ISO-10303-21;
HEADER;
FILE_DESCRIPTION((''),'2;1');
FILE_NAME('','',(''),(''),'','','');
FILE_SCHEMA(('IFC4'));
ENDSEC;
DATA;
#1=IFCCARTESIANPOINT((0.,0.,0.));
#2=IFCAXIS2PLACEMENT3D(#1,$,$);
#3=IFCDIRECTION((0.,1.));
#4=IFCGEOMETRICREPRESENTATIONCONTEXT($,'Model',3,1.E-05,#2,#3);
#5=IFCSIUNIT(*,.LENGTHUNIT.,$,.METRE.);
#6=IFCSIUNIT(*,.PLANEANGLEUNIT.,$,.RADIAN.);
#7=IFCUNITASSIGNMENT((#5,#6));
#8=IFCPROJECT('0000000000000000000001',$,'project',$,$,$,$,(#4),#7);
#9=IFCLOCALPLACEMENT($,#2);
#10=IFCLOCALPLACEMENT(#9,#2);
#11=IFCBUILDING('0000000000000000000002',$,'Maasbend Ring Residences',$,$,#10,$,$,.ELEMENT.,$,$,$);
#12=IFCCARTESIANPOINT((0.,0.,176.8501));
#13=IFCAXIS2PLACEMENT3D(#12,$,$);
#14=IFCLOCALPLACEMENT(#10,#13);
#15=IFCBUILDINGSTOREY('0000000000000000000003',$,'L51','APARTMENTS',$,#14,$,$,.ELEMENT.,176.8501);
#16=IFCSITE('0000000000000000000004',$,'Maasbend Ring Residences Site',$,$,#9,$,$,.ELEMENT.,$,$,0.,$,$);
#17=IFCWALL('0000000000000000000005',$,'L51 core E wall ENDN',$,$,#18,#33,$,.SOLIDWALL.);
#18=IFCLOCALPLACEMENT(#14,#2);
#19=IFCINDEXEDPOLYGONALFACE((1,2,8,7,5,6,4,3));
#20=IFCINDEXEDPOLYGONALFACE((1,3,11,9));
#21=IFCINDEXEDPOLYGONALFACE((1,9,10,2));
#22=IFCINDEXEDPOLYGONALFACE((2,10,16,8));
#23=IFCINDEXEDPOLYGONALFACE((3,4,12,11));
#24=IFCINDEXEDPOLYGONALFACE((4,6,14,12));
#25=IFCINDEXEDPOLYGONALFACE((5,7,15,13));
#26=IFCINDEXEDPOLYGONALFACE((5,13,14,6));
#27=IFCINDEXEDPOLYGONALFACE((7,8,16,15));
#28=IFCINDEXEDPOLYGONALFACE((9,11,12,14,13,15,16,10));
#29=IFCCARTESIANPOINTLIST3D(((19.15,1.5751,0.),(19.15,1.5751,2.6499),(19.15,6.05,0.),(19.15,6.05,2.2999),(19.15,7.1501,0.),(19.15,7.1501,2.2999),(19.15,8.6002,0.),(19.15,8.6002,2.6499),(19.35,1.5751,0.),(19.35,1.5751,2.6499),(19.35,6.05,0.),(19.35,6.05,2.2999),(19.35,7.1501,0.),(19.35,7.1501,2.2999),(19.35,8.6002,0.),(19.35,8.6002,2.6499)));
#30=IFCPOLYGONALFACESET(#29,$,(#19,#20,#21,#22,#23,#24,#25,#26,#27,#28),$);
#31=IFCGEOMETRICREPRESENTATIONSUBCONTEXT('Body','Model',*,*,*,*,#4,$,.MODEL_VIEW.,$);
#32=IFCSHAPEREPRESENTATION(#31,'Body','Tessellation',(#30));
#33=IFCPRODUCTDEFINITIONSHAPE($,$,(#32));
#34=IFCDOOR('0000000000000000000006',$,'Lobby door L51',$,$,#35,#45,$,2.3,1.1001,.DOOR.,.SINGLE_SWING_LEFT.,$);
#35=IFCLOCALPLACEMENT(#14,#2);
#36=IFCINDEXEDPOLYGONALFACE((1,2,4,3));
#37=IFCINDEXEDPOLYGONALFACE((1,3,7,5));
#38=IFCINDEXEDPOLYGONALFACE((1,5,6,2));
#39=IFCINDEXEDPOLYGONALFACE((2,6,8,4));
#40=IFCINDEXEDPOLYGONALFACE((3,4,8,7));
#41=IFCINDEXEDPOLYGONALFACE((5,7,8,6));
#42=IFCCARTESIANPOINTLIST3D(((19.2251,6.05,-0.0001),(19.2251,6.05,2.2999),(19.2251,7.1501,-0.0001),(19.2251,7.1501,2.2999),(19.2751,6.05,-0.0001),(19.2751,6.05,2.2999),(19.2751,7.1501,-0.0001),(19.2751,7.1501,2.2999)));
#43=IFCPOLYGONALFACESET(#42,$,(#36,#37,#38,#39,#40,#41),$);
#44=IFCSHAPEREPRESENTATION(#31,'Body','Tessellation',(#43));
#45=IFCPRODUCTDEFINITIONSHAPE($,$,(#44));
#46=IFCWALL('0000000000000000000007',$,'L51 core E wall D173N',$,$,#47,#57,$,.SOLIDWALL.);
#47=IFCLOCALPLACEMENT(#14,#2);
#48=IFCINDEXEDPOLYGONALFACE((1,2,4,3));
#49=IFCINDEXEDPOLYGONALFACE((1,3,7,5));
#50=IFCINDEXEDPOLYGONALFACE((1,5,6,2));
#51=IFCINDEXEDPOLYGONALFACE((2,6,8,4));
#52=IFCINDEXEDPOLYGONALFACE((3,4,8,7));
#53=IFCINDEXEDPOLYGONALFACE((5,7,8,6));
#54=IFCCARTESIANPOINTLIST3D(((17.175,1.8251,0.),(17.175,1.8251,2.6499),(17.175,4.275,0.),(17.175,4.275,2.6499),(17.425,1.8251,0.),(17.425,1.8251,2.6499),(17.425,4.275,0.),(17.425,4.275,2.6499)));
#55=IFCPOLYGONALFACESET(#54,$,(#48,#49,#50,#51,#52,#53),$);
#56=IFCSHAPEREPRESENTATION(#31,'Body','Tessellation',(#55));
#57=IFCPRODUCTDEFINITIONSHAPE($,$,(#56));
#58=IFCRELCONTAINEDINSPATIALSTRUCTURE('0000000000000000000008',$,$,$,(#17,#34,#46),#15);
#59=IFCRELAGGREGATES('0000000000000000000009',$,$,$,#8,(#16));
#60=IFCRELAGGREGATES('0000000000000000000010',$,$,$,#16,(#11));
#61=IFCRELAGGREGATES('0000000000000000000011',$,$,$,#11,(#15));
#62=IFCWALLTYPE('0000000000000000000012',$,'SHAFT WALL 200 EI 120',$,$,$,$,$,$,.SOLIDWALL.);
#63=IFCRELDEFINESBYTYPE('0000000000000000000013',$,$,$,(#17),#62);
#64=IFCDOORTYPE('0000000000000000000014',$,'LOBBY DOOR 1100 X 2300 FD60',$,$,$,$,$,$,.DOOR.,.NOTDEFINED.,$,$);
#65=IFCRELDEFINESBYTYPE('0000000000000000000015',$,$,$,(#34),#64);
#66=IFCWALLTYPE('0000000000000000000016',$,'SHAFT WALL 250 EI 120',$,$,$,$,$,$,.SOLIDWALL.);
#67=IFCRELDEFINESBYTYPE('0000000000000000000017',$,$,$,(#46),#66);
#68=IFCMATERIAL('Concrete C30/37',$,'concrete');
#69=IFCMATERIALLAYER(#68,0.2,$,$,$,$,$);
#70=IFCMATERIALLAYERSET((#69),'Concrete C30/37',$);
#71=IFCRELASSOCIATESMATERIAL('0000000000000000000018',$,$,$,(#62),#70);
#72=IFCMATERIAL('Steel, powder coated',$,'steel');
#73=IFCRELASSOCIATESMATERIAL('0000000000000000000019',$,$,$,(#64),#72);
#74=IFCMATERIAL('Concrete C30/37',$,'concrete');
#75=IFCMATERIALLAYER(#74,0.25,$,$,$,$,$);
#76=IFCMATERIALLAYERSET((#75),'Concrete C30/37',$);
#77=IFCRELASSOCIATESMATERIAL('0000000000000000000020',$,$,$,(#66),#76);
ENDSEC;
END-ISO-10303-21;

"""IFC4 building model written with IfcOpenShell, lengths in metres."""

from ifc_helpers import new_model, si_unit, direction, frame, frame_2d, origin, place, context, subcontext, project, spatial, rectangle, extrude, material, layer, layer_set, type_object, element, fill, save


model = new_model("IFC4")

# Units and contexts
model_context = context("Model", 3, precision=1e-05, world=origin(), true_north=direction((0.0, 1.0)))
body_context = subcontext(model_context, "Body", "Model", "MODEL_VIEW")
ifc_project = project(units=[si_unit("LENGTHUNIT", "METRE"), si_unit("PLANEANGLEUNIT", "RADIAN")], contexts=[model_context])

# Site, building, storey
site_placement = place(None, origin())
site = spatial("IfcSite", under=ifc_project, at=site_placement, Name="Maasbend Ring Residences Site", CompositionType="ELEMENT", RefElevation=0.0)
building_placement = place(site_placement, origin())
building = spatial("IfcBuilding", under=site, at=building_placement, Name="Maasbend Ring Residences", CompositionType="ELEMENT")
storey_placement = place(building_placement, frame((0.0, 0.0, 176.8501)))
storey = spatial("IfcBuildingStorey", under=building, at=storey_placement, Name="L51", Description="APARTMENTS", CompositionType="ELEMENT", Elevation=176.8501)

# Wall, opening, door
ifc_material_1 = material(Name="Concrete C30/37", Category="concrete")
ifc_layer_1 = layer(ifc_material_1, 0.2)
ifc_layer_set_1 = layer_set([ifc_layer_1], Name="Concrete C30/37")
wall_type_1 = type_object("IfcWallType", Name="SHAFT WALL 200 EI 120", PredefinedType="SOLIDWALL", material=ifc_layer_set_1)
wall_1_placement = place(storey_placement, frame((19.25, 1.575, 0.0), z_axis=(0.0, 0.0, 1.0), x_axis=(0.0, 1.0, 0.0)))
wall_1 = element("IfcWall", 1, at=wall_1_placement, inside=storey, type_object=wall_type_1, Name="L51 core E wall ENDN", PredefinedType="SOLIDWALL", context=body_context, shape_type="SweptSolid", body=[
    extrude(rectangle(XDim=7.0251, YDim=0.2, at=frame_2d((3.5127, 0.0))), origin(), (0.0, 0.0, 1.0), 2.6499),
])
opening_1_placement = place(wall_1_placement, frame((4.4751, 0.0, 0.0)))
opening_1 = element("IfcOpeningElement", 2, at=opening_1_placement, cuts=wall_1, PredefinedType="OPENING", context=body_context, shape_type="SweptSolid", body=[
    extrude(rectangle(XDim=1.1001, YDim=2.3, at=frame_2d((0.55, 1.1499))), frame((0.0, 0.1099, 0.0), z_axis=(0.0, -1.0, 0.0), x_axis=(1.0, 0.0, 0.0)), (0.0, 0.0, 1.0), 0.22),
])
ifc_material_2 = material(Name="Steel, powder coated", Category="steel")
door_type_1 = type_object("IfcDoorType", Name="LOBBY DOOR 1100 X 2300 FD60", OperationType="NOTDEFINED", PredefinedType="DOOR", material=ifc_material_2)
door_1_placement = place(opening_1_placement, origin())
door_1 = element("IfcDoor", 3, at=door_1_placement, inside=storey, type_object=door_type_1, Name="Lobby door L51", OperationType="SINGLE_SWING_LEFT", OverallHeight=2.3, OverallWidth=1.1001, PredefinedType="DOOR", context=body_context, shape_type="SweptSolid", body=[
    extrude(rectangle(XDim=1.1001, YDim=2.3, at=frame_2d((0.55, 1.1499))), frame((0.0, 0.0249, 0.0), z_axis=(0.0, -1.0, 0.0), x_axis=(1.0, 0.0, 0.0)), (0.0, 0.0, 1.0), 0.05),
])
fill(opening_1, door_1)

# Wall
ifc_material_3 = material(Name="Concrete C30/37", Category="concrete")
ifc_layer_2 = layer(ifc_material_3, 0.25)
ifc_layer_set_2 = layer_set([ifc_layer_2], Name="Concrete C30/37")
wall_type_2 = type_object("IfcWallType", Name="SHAFT WALL 250 EI 120", PredefinedType="SOLIDWALL", material=ifc_layer_set_2)
wall_2_placement = place(storey_placement, frame((17.3, 1.825, 0.0), z_axis=(0.0, 0.0, 1.0), x_axis=(0.0, 1.0, 0.0)))
element("IfcWall", 4, at=wall_2_placement, inside=storey, type_object=wall_type_2, Name="L51 core E wall D173N", PredefinedType="SOLIDWALL", context=body_context, shape_type="SweptSolid", body=[
    extrude(rectangle(XDim=2.45, YDim=0.25, at=frame_2d((1.2251, 0.0))), origin(), (0.0, 0.0, 1.0), 2.6499),
])

save(model, "model.ifc")
